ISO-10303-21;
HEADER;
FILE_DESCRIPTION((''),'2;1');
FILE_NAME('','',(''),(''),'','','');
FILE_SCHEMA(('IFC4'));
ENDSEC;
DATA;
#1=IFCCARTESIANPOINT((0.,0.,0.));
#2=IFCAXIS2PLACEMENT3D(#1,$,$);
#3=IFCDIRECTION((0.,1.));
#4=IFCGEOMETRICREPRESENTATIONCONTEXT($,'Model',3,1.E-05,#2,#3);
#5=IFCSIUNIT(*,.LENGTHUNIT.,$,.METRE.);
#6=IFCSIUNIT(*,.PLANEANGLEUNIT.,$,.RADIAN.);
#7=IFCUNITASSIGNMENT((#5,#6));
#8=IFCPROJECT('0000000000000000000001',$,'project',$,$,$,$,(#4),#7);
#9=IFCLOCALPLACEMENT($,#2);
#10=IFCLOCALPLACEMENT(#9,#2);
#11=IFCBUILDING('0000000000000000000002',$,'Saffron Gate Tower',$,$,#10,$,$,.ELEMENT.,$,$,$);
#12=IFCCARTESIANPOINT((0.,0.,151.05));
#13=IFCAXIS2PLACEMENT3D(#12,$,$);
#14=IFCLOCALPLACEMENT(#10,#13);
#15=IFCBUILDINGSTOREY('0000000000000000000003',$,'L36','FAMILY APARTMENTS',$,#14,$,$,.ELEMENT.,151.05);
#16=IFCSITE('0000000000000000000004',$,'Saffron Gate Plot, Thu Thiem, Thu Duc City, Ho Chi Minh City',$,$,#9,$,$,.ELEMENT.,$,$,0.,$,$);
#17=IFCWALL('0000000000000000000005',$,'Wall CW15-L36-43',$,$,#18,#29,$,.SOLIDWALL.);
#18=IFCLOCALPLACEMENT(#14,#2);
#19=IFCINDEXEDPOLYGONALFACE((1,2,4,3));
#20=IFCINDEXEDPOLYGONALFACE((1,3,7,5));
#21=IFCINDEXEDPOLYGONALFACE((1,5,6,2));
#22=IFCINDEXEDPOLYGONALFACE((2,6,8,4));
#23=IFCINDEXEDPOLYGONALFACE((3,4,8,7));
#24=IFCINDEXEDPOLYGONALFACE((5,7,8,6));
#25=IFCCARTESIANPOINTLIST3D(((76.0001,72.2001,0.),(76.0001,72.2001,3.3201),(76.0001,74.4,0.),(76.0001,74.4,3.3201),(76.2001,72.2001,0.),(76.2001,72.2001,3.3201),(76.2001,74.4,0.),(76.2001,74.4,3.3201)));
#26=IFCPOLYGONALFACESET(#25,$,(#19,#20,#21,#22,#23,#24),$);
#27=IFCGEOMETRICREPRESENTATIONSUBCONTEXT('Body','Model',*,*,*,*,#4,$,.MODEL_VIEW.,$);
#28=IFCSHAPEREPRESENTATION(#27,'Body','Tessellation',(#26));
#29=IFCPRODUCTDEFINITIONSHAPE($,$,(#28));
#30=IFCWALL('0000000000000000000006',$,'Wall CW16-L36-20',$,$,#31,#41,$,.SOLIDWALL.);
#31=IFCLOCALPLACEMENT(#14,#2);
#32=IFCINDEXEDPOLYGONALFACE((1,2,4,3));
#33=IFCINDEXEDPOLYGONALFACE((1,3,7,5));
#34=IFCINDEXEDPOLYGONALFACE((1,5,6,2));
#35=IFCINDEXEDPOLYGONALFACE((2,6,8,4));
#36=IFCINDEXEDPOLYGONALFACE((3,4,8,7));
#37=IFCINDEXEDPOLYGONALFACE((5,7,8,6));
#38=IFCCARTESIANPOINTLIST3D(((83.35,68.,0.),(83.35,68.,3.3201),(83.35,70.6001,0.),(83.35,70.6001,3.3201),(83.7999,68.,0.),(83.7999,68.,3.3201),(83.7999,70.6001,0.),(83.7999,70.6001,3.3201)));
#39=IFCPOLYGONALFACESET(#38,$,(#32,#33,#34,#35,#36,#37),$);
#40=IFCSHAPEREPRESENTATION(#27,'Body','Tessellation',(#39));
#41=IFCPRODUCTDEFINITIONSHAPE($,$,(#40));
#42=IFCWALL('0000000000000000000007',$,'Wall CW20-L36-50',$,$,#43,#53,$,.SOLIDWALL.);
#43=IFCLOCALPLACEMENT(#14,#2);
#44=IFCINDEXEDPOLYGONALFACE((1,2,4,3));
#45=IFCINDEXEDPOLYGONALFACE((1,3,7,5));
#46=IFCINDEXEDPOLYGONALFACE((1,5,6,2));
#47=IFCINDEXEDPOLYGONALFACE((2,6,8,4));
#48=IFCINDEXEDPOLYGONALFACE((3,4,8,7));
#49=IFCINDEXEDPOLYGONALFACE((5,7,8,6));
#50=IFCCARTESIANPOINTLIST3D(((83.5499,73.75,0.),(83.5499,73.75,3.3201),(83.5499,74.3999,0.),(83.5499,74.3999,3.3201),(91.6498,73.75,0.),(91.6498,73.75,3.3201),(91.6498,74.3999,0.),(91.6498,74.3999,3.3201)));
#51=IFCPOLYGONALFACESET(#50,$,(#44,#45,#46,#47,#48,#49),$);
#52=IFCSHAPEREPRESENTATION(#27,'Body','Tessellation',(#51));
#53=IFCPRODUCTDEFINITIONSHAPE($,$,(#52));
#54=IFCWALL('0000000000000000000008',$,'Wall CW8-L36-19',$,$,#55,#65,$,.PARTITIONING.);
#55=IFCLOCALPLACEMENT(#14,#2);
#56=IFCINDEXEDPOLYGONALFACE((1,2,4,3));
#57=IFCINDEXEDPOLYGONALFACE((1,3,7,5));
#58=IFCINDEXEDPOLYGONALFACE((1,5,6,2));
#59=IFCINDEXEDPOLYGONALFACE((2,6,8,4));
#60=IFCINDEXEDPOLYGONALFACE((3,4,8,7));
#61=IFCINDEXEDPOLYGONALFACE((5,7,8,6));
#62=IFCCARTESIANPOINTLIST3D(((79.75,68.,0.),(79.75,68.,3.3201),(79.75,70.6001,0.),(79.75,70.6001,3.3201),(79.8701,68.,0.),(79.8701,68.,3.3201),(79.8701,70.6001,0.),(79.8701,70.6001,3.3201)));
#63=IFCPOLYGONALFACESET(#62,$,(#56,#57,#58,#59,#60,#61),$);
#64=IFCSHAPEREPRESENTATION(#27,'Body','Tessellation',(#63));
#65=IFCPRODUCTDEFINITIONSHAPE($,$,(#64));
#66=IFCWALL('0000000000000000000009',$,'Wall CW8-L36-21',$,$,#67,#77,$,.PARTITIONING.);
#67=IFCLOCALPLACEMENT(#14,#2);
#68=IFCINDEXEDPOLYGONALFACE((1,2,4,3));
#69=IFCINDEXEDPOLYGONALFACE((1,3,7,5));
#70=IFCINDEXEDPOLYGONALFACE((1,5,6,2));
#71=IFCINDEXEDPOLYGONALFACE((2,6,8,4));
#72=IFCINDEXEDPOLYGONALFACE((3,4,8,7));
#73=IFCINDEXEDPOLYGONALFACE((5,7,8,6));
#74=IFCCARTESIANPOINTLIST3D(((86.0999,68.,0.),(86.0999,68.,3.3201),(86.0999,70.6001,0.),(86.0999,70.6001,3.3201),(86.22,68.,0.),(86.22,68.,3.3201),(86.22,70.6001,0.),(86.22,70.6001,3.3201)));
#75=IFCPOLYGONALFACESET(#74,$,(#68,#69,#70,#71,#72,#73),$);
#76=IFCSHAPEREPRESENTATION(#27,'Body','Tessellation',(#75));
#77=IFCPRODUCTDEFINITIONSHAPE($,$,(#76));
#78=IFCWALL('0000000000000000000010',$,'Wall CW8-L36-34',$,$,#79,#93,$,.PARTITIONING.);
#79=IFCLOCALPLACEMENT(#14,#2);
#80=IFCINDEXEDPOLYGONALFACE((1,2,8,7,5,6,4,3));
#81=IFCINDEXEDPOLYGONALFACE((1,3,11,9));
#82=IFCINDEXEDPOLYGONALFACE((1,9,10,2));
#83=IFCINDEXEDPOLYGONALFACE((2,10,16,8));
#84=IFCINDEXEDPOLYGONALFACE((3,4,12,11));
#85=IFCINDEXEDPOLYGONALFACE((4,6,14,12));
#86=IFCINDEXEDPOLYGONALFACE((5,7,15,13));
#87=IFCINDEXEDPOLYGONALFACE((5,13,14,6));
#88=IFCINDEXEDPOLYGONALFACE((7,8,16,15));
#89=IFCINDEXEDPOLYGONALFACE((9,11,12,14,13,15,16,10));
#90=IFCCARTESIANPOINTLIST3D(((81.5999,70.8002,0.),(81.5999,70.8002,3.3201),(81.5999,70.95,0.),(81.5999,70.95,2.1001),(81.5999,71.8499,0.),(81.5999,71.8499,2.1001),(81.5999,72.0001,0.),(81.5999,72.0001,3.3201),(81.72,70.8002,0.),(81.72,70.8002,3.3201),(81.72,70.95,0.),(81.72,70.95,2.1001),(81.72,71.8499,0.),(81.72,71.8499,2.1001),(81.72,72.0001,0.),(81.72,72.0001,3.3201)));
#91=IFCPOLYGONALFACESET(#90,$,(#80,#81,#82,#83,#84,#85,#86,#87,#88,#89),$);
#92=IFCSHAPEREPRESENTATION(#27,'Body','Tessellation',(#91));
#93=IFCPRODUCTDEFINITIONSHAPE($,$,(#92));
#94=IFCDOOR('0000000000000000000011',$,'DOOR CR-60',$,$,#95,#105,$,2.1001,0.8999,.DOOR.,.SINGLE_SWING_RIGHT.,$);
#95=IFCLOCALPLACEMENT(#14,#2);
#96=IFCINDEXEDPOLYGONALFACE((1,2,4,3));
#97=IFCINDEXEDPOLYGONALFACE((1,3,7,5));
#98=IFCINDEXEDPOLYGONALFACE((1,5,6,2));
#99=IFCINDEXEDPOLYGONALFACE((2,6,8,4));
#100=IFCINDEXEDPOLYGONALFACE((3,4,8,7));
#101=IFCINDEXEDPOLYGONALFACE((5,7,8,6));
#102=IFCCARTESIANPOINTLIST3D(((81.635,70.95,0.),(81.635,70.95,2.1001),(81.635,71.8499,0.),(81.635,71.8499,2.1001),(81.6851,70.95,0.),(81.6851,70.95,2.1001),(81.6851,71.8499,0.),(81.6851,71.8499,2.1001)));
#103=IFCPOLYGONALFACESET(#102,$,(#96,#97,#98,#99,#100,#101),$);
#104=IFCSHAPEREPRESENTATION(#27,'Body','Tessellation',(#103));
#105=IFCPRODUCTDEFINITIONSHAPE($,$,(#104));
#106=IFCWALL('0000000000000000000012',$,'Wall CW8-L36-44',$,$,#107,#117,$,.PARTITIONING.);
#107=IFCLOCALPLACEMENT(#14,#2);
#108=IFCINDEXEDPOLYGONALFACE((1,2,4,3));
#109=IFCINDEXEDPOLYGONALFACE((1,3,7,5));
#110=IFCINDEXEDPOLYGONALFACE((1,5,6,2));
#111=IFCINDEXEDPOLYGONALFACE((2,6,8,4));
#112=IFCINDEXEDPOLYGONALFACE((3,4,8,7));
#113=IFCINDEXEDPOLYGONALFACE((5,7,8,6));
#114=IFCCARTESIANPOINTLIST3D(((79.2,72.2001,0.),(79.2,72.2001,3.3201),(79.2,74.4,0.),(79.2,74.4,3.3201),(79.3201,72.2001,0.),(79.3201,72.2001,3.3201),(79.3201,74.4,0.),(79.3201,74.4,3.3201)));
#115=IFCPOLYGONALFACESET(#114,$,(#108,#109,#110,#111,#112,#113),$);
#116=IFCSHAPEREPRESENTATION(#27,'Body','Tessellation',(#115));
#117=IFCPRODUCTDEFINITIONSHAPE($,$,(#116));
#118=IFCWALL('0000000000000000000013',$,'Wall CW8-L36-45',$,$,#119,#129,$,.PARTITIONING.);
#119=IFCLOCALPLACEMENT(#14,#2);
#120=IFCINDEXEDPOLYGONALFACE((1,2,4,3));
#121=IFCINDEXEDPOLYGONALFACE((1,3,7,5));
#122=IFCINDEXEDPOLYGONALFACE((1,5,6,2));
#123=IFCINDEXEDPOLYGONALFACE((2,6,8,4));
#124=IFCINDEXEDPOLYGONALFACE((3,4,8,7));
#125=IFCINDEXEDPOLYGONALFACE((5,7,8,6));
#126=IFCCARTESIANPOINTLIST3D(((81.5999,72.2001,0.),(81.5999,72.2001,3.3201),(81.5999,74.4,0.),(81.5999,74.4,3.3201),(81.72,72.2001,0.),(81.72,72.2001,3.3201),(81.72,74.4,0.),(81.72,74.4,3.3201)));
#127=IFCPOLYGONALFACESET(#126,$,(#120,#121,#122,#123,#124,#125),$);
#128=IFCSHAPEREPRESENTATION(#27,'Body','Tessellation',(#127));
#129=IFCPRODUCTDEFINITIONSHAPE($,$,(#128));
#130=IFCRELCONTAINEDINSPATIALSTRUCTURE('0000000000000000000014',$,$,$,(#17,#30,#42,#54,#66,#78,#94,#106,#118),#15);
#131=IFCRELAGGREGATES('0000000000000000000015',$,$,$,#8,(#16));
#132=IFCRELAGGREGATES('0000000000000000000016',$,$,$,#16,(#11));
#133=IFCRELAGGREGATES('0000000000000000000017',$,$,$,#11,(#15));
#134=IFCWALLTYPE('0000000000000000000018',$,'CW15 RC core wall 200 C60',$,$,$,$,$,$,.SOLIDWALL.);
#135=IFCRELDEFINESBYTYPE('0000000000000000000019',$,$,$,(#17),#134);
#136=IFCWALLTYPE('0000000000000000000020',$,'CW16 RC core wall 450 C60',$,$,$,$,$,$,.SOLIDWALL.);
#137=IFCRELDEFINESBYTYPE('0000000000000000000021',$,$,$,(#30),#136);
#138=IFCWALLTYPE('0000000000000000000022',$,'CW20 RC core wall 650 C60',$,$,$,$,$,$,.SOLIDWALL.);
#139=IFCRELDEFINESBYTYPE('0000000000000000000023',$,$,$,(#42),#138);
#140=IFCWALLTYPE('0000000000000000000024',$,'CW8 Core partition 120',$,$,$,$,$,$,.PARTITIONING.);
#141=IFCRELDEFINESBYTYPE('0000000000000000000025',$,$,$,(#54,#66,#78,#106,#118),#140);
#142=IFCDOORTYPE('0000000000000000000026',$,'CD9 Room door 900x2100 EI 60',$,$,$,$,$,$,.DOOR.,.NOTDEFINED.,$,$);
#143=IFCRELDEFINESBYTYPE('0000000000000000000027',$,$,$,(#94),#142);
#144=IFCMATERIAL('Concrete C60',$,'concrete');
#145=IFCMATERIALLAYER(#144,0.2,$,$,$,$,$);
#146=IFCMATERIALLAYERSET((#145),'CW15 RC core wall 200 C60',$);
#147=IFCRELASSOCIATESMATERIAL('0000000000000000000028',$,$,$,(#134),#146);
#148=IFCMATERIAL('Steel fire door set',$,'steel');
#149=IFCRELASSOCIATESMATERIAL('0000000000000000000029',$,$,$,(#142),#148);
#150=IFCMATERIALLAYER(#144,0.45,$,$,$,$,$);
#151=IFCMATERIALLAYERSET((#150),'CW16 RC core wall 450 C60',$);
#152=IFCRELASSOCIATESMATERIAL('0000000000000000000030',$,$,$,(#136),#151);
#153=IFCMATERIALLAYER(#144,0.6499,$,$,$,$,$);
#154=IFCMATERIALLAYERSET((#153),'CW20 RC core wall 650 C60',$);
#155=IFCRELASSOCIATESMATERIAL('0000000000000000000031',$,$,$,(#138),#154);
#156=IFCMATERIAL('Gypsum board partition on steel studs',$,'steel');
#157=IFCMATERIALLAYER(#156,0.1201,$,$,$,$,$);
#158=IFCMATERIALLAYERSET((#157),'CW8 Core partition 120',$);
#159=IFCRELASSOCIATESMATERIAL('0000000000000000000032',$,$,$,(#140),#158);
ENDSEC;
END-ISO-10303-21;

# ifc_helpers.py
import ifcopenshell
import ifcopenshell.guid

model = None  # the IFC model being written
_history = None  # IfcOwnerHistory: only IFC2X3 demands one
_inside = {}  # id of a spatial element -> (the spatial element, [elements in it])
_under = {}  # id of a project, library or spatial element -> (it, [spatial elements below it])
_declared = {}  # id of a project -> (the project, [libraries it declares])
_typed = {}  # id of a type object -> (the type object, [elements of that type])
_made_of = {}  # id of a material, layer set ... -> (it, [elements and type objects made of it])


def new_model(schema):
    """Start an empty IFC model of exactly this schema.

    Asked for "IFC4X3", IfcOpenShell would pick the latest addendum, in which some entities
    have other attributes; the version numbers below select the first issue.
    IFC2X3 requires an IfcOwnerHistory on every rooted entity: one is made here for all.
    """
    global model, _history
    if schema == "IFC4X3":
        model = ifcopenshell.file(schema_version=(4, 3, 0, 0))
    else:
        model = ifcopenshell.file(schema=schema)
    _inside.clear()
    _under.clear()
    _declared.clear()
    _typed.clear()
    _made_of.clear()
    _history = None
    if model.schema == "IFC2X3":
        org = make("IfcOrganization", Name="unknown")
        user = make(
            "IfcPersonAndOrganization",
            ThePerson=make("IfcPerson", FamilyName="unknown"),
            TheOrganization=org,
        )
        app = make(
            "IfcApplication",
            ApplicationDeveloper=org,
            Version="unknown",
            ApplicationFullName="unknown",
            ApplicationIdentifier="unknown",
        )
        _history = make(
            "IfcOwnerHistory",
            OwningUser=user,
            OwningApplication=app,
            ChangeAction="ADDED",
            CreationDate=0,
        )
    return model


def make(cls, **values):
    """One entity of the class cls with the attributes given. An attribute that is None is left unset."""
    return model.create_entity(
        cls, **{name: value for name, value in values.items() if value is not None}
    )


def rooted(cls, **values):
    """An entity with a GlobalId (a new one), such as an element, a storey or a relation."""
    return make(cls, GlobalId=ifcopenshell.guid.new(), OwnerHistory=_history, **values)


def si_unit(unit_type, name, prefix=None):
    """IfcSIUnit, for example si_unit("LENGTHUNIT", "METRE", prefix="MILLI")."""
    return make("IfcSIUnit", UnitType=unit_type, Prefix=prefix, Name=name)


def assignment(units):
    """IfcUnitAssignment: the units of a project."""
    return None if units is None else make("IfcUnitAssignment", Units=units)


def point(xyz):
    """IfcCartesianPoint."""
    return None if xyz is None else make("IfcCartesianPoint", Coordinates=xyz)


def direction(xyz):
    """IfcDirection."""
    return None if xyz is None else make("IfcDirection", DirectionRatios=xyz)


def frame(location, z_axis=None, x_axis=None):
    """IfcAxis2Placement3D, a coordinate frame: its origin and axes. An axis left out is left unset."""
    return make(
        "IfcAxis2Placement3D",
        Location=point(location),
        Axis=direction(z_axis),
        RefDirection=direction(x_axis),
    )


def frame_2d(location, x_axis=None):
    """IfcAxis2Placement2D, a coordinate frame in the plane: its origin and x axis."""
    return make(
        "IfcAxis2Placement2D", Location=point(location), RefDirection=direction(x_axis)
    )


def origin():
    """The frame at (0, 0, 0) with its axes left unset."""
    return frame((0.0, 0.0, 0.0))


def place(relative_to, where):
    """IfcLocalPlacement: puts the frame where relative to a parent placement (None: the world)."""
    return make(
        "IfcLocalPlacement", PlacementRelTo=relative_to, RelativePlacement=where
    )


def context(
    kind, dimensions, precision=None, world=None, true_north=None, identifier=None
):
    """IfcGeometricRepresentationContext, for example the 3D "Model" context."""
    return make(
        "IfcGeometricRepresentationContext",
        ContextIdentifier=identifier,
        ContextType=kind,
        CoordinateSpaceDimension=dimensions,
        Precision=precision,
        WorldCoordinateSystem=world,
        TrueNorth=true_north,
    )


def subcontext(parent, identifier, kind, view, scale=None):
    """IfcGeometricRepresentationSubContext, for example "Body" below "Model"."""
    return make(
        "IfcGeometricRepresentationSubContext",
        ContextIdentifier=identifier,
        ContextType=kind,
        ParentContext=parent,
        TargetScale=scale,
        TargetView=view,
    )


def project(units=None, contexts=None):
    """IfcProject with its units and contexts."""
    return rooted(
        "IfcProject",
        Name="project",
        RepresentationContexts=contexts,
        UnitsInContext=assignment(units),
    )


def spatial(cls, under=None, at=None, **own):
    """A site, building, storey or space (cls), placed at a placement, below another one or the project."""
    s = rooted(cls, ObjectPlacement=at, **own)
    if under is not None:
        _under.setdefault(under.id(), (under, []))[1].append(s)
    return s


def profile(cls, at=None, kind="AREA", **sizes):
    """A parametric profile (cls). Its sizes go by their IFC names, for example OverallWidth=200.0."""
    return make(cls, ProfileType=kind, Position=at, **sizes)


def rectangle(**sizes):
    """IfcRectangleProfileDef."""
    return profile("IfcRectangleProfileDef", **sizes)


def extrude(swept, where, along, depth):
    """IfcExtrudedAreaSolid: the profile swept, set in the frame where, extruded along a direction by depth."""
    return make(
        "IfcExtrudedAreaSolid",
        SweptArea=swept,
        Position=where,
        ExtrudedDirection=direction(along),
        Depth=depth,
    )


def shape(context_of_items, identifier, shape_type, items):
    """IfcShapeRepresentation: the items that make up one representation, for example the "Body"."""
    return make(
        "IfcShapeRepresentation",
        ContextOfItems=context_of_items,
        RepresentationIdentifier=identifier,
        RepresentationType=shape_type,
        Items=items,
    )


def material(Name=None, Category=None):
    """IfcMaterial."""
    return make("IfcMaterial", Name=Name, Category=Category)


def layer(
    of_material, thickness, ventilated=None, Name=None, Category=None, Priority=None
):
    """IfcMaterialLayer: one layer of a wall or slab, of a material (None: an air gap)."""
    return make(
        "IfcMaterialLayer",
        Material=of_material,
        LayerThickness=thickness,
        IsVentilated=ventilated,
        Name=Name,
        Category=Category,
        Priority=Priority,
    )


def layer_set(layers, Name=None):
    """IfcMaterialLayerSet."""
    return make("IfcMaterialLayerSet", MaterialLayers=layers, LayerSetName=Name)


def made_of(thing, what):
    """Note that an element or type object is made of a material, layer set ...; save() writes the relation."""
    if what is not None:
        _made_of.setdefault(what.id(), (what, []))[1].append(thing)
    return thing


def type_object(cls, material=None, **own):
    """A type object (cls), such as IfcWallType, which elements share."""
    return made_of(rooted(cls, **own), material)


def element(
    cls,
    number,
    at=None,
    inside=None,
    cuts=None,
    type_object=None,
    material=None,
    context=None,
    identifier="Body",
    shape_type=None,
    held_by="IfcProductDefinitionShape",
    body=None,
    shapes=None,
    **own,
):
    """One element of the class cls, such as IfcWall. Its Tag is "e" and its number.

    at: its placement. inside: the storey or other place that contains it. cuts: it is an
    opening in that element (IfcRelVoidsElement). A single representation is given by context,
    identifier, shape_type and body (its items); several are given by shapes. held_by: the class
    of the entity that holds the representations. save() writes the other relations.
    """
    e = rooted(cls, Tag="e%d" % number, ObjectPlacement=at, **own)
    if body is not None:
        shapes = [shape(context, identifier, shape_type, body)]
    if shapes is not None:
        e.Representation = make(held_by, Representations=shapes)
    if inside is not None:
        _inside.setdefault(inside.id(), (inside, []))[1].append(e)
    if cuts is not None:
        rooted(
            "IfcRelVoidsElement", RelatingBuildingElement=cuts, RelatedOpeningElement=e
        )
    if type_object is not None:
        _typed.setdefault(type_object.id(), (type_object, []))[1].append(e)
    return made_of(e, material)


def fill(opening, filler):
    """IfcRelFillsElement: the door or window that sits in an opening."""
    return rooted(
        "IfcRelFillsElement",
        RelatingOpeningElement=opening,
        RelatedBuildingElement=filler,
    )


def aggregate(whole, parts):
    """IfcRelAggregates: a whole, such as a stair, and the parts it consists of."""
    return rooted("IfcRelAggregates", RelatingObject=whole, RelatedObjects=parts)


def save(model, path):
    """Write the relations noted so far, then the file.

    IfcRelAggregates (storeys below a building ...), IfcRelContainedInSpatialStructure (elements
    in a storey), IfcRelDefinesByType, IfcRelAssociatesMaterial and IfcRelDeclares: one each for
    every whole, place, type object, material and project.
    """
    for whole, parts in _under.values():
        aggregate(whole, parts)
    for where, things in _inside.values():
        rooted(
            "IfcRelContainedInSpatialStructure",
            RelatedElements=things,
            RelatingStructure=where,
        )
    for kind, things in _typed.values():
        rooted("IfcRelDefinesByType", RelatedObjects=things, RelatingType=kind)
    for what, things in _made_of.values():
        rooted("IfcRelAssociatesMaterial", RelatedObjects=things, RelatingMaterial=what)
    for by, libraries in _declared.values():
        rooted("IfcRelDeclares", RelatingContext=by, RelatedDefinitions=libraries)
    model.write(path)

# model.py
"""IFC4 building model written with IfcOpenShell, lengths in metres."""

from ifc_helpers import new_model, si_unit, direction, frame, frame_2d, origin, place, context, subcontext, project, spatial, rectangle, extrude, material, layer, layer_set, type_object, element, fill, save


model = new_model("IFC4")

# Units and contexts
model_context = context("Model", 3, precision=1e-05, world=origin(), true_north=direction((0.0, 1.0)))
body_context = subcontext(model_context, "Body", "Model", "MODEL_VIEW")
ifc_project = project(units=[si_unit("LENGTHUNIT", "METRE"), si_unit("PLANEANGLEUNIT", "RADIAN")], contexts=[model_context])

# Site, building, storey
site_placement = place(None, origin())
site = spatial("IfcSite", under=ifc_project, at=site_placement, Name="Saffron Gate Plot, Thu Thiem, Thu Duc City, Ho Chi Minh City", CompositionType="ELEMENT", RefElevation=0.0)
building_placement = place(site_placement, origin())
building = spatial("IfcBuilding", under=site, at=building_placement, Name="Saffron Gate Tower", CompositionType="ELEMENT")
storey_placement = place(building_placement, frame((0.0, 0.0, 151.05)))
storey = spatial("IfcBuildingStorey", under=building, at=storey_placement, Name="L36", Description="FAMILY APARTMENTS", CompositionType="ELEMENT", Elevation=151.05)

# Shared definitions
ifc_material_1 = material(Name="Concrete C60", Category="concrete")
ifc_material_2 = material(Name="Steel fire door set", Category="steel")

# Shared definitions
ifc_layer_1 = layer(ifc_material_1, 0.2)
ifc_layer_set_1 = layer_set([ifc_layer_1], Name="CW15 RC core wall 200 C60")
wall_type_1 = type_object("IfcWallType", Name="CW15 RC core wall 200 C60", PredefinedType="SOLIDWALL", material=ifc_layer_set_1)
door_type_1 = type_object("IfcDoorType", Name="CD9 Room door 900x2100 EI 60", OperationType="NOTDEFINED", PredefinedType="DOOR", material=ifc_material_2)

# Walls
wall_1_placement = place(storey_placement, frame((76.1001, 72.2, 0.0), z_axis=(0.0, 0.0, 1.0), x_axis=(0.0, 1.0, 0.0)))
element("IfcWall", 1, at=wall_1_placement, inside=storey, type_object=wall_type_1, Name="Wall CW15-L36-43", PredefinedType="SOLIDWALL", context=body_context, shape_type="SweptSolid", body=[
    extrude(rectangle(XDim=2.2, YDim=0.2, at=frame_2d((1.1001, 0.0))), origin(), (0.0, 0.0, 1.0), 3.3201),
])
ifc_layer_2 = layer(ifc_material_1, 0.45)
ifc_layer_set_2 = layer_set([ifc_layer_2], Name="CW16 RC core wall 450 C60")
wall_type_2 = type_object("IfcWallType", Name="CW16 RC core wall 450 C60", PredefinedType="SOLIDWALL", material=ifc_layer_set_2)
wall_2_placement = place(storey_placement, frame((83.575, 68.0, 0.0), z_axis=(0.0, 0.0, 1.0), x_axis=(0.0, 1.0, 0.0)))
element("IfcWall", 2, at=wall_2_placement, inside=storey, type_object=wall_type_2, Name="Wall CW16-L36-20", PredefinedType="SOLIDWALL", context=body_context, shape_type="SweptSolid", body=[
    extrude(rectangle(XDim=2.6001, YDim=0.45, at=frame_2d((1.3, 0.0))), origin(), (0.0, 0.0, 1.0), 3.3201),
])
ifc_layer_3 = layer(ifc_material_1, 0.6499)
ifc_layer_set_3 = layer_set([ifc_layer_3], Name="CW20 RC core wall 650 C60")
wall_type_3 = type_object("IfcWallType", Name="CW20 RC core wall 650 C60", PredefinedType="SOLIDWALL", material=ifc_layer_set_3)
wall_3_placement = place(storey_placement, frame((83.55, 74.075, 0.0), z_axis=(0.0, 0.0, 1.0), x_axis=(1.0, 0.0, 0.0)))
element("IfcWall", 3, at=wall_3_placement, inside=storey, type_object=wall_type_3, Name="Wall CW20-L36-50", PredefinedType="SOLIDWALL", context=body_context, shape_type="SweptSolid", body=[
    extrude(rectangle(XDim=8.0999, YDim=0.6499, at=frame_2d((4.0498, 0.0))), origin(), (0.0, 0.0, 1.0), 3.3201),
])
ifc_material_3 = material(Name="Gypsum board partition on steel studs", Category="steel")
ifc_layer_4 = layer(ifc_material_3, 0.1201)
ifc_layer_set_4 = layer_set([ifc_layer_4], Name="CW8 Core partition 120")
wall_type_4 = type_object("IfcWallType", Name="CW8 Core partition 120", PredefinedType="PARTITIONING", material=ifc_layer_set_4)
for number, where, z_axis, x_axis, name in (
    (4, (79.8101, 68.0, 0.0), (0.0, 0.0, 1.0), (0.0, 1.0, 0.0), "Wall CW8-L36-19"),
    (5, (86.1599, 68.0, 0.0), (0.0, 0.0, 1.0), (0.0, 1.0, 0.0), "Wall CW8-L36-21"),
):
    element("IfcWall", number, at=place(storey_placement, frame(where, z_axis=z_axis, x_axis=x_axis)), inside=storey, type_object=wall_type_4, Name=name, PredefinedType="PARTITIONING", context=body_context, shape_type="SweptSolid", body=[
        extrude(rectangle(XDim=2.6001, YDim=0.1201, at=frame_2d((1.3, 0.0))), origin(), (0.0, 0.0, 1.0), 3.3201),
    ])

# Wall, opening, door
wall_4_placement = place(storey_placement, frame((81.6599, 70.8, 0.0), z_axis=(0.0, 0.0, 1.0), x_axis=(0.0, 1.0, 0.0)))
wall_4 = element("IfcWall", 6, at=wall_4_placement, inside=storey, type_object=wall_type_4, Name="Wall CW8-L36-34", PredefinedType="PARTITIONING", context=body_context, shape_type="SweptSolid", body=[
    extrude(rectangle(XDim=1.2, YDim=0.1201, at=frame_2d((0.6001, 0.0))), origin(), (0.0, 0.0, 1.0), 3.3201),
])
opening_1_placement = place(wall_4_placement, frame((0.1499, 0.0, 0.0)))
opening_1 = element("IfcOpeningElement", 7, at=opening_1_placement, cuts=wall_4, PredefinedType="OPENING", context=body_context, shape_type="SweptSolid", body=[
    extrude(rectangle(XDim=0.8999, YDim=2.1001, at=frame_2d((0.45, 1.05))), frame((0.0, 0.0701, 0.0), z_axis=(0.0, -1.0, 0.0), x_axis=(1.0, 0.0, 0.0)), (0.0, 0.0, 1.0), 0.1401),
])
door_1_placement = place(opening_1_placement, origin())
door_1 = element("IfcDoor", 8, at=door_1_placement, inside=storey, type_object=door_type_1, Name="DOOR CR-60", OperationType="SINGLE_SWING_RIGHT", OverallHeight=2.1001, OverallWidth=0.8999, PredefinedType="DOOR", context=body_context, shape_type="SweptSolid", body=[
    extrude(rectangle(XDim=0.8999, YDim=2.1001, at=frame_2d((0.45, 1.05))), frame((0.0, 0.0249, 0.0), z_axis=(0.0, -1.0, 0.0), x_axis=(1.0, 0.0, 0.0)), (0.0, 0.0, 1.0), 0.05),
])
fill(opening_1, door_1)

# Walls
for number, where, z_axis, x_axis, name in (
    (9, (79.26, 72.2, 0.0), (0.0, 0.0, 1.0), (0.0, 1.0, 0.0), "Wall CW8-L36-44"),
    (10, (81.6599, 72.2, 0.0), (0.0, 0.0, 1.0), (0.0, 1.0, 0.0), "Wall CW8-L36-45"),
):
    element("IfcWall", number, at=place(storey_placement, frame(where, z_axis=z_axis, x_axis=x_axis)), inside=storey, type_object=wall_type_4, Name=name, PredefinedType="PARTITIONING", context=body_context, shape_type="SweptSolid", body=[
        extrude(rectangle(XDim=2.2, YDim=0.1201, at=frame_2d((1.1001, 0.0))), origin(), (0.0, 0.0, 1.0), 3.3201),
    ])

save(model, "model.ifc")
